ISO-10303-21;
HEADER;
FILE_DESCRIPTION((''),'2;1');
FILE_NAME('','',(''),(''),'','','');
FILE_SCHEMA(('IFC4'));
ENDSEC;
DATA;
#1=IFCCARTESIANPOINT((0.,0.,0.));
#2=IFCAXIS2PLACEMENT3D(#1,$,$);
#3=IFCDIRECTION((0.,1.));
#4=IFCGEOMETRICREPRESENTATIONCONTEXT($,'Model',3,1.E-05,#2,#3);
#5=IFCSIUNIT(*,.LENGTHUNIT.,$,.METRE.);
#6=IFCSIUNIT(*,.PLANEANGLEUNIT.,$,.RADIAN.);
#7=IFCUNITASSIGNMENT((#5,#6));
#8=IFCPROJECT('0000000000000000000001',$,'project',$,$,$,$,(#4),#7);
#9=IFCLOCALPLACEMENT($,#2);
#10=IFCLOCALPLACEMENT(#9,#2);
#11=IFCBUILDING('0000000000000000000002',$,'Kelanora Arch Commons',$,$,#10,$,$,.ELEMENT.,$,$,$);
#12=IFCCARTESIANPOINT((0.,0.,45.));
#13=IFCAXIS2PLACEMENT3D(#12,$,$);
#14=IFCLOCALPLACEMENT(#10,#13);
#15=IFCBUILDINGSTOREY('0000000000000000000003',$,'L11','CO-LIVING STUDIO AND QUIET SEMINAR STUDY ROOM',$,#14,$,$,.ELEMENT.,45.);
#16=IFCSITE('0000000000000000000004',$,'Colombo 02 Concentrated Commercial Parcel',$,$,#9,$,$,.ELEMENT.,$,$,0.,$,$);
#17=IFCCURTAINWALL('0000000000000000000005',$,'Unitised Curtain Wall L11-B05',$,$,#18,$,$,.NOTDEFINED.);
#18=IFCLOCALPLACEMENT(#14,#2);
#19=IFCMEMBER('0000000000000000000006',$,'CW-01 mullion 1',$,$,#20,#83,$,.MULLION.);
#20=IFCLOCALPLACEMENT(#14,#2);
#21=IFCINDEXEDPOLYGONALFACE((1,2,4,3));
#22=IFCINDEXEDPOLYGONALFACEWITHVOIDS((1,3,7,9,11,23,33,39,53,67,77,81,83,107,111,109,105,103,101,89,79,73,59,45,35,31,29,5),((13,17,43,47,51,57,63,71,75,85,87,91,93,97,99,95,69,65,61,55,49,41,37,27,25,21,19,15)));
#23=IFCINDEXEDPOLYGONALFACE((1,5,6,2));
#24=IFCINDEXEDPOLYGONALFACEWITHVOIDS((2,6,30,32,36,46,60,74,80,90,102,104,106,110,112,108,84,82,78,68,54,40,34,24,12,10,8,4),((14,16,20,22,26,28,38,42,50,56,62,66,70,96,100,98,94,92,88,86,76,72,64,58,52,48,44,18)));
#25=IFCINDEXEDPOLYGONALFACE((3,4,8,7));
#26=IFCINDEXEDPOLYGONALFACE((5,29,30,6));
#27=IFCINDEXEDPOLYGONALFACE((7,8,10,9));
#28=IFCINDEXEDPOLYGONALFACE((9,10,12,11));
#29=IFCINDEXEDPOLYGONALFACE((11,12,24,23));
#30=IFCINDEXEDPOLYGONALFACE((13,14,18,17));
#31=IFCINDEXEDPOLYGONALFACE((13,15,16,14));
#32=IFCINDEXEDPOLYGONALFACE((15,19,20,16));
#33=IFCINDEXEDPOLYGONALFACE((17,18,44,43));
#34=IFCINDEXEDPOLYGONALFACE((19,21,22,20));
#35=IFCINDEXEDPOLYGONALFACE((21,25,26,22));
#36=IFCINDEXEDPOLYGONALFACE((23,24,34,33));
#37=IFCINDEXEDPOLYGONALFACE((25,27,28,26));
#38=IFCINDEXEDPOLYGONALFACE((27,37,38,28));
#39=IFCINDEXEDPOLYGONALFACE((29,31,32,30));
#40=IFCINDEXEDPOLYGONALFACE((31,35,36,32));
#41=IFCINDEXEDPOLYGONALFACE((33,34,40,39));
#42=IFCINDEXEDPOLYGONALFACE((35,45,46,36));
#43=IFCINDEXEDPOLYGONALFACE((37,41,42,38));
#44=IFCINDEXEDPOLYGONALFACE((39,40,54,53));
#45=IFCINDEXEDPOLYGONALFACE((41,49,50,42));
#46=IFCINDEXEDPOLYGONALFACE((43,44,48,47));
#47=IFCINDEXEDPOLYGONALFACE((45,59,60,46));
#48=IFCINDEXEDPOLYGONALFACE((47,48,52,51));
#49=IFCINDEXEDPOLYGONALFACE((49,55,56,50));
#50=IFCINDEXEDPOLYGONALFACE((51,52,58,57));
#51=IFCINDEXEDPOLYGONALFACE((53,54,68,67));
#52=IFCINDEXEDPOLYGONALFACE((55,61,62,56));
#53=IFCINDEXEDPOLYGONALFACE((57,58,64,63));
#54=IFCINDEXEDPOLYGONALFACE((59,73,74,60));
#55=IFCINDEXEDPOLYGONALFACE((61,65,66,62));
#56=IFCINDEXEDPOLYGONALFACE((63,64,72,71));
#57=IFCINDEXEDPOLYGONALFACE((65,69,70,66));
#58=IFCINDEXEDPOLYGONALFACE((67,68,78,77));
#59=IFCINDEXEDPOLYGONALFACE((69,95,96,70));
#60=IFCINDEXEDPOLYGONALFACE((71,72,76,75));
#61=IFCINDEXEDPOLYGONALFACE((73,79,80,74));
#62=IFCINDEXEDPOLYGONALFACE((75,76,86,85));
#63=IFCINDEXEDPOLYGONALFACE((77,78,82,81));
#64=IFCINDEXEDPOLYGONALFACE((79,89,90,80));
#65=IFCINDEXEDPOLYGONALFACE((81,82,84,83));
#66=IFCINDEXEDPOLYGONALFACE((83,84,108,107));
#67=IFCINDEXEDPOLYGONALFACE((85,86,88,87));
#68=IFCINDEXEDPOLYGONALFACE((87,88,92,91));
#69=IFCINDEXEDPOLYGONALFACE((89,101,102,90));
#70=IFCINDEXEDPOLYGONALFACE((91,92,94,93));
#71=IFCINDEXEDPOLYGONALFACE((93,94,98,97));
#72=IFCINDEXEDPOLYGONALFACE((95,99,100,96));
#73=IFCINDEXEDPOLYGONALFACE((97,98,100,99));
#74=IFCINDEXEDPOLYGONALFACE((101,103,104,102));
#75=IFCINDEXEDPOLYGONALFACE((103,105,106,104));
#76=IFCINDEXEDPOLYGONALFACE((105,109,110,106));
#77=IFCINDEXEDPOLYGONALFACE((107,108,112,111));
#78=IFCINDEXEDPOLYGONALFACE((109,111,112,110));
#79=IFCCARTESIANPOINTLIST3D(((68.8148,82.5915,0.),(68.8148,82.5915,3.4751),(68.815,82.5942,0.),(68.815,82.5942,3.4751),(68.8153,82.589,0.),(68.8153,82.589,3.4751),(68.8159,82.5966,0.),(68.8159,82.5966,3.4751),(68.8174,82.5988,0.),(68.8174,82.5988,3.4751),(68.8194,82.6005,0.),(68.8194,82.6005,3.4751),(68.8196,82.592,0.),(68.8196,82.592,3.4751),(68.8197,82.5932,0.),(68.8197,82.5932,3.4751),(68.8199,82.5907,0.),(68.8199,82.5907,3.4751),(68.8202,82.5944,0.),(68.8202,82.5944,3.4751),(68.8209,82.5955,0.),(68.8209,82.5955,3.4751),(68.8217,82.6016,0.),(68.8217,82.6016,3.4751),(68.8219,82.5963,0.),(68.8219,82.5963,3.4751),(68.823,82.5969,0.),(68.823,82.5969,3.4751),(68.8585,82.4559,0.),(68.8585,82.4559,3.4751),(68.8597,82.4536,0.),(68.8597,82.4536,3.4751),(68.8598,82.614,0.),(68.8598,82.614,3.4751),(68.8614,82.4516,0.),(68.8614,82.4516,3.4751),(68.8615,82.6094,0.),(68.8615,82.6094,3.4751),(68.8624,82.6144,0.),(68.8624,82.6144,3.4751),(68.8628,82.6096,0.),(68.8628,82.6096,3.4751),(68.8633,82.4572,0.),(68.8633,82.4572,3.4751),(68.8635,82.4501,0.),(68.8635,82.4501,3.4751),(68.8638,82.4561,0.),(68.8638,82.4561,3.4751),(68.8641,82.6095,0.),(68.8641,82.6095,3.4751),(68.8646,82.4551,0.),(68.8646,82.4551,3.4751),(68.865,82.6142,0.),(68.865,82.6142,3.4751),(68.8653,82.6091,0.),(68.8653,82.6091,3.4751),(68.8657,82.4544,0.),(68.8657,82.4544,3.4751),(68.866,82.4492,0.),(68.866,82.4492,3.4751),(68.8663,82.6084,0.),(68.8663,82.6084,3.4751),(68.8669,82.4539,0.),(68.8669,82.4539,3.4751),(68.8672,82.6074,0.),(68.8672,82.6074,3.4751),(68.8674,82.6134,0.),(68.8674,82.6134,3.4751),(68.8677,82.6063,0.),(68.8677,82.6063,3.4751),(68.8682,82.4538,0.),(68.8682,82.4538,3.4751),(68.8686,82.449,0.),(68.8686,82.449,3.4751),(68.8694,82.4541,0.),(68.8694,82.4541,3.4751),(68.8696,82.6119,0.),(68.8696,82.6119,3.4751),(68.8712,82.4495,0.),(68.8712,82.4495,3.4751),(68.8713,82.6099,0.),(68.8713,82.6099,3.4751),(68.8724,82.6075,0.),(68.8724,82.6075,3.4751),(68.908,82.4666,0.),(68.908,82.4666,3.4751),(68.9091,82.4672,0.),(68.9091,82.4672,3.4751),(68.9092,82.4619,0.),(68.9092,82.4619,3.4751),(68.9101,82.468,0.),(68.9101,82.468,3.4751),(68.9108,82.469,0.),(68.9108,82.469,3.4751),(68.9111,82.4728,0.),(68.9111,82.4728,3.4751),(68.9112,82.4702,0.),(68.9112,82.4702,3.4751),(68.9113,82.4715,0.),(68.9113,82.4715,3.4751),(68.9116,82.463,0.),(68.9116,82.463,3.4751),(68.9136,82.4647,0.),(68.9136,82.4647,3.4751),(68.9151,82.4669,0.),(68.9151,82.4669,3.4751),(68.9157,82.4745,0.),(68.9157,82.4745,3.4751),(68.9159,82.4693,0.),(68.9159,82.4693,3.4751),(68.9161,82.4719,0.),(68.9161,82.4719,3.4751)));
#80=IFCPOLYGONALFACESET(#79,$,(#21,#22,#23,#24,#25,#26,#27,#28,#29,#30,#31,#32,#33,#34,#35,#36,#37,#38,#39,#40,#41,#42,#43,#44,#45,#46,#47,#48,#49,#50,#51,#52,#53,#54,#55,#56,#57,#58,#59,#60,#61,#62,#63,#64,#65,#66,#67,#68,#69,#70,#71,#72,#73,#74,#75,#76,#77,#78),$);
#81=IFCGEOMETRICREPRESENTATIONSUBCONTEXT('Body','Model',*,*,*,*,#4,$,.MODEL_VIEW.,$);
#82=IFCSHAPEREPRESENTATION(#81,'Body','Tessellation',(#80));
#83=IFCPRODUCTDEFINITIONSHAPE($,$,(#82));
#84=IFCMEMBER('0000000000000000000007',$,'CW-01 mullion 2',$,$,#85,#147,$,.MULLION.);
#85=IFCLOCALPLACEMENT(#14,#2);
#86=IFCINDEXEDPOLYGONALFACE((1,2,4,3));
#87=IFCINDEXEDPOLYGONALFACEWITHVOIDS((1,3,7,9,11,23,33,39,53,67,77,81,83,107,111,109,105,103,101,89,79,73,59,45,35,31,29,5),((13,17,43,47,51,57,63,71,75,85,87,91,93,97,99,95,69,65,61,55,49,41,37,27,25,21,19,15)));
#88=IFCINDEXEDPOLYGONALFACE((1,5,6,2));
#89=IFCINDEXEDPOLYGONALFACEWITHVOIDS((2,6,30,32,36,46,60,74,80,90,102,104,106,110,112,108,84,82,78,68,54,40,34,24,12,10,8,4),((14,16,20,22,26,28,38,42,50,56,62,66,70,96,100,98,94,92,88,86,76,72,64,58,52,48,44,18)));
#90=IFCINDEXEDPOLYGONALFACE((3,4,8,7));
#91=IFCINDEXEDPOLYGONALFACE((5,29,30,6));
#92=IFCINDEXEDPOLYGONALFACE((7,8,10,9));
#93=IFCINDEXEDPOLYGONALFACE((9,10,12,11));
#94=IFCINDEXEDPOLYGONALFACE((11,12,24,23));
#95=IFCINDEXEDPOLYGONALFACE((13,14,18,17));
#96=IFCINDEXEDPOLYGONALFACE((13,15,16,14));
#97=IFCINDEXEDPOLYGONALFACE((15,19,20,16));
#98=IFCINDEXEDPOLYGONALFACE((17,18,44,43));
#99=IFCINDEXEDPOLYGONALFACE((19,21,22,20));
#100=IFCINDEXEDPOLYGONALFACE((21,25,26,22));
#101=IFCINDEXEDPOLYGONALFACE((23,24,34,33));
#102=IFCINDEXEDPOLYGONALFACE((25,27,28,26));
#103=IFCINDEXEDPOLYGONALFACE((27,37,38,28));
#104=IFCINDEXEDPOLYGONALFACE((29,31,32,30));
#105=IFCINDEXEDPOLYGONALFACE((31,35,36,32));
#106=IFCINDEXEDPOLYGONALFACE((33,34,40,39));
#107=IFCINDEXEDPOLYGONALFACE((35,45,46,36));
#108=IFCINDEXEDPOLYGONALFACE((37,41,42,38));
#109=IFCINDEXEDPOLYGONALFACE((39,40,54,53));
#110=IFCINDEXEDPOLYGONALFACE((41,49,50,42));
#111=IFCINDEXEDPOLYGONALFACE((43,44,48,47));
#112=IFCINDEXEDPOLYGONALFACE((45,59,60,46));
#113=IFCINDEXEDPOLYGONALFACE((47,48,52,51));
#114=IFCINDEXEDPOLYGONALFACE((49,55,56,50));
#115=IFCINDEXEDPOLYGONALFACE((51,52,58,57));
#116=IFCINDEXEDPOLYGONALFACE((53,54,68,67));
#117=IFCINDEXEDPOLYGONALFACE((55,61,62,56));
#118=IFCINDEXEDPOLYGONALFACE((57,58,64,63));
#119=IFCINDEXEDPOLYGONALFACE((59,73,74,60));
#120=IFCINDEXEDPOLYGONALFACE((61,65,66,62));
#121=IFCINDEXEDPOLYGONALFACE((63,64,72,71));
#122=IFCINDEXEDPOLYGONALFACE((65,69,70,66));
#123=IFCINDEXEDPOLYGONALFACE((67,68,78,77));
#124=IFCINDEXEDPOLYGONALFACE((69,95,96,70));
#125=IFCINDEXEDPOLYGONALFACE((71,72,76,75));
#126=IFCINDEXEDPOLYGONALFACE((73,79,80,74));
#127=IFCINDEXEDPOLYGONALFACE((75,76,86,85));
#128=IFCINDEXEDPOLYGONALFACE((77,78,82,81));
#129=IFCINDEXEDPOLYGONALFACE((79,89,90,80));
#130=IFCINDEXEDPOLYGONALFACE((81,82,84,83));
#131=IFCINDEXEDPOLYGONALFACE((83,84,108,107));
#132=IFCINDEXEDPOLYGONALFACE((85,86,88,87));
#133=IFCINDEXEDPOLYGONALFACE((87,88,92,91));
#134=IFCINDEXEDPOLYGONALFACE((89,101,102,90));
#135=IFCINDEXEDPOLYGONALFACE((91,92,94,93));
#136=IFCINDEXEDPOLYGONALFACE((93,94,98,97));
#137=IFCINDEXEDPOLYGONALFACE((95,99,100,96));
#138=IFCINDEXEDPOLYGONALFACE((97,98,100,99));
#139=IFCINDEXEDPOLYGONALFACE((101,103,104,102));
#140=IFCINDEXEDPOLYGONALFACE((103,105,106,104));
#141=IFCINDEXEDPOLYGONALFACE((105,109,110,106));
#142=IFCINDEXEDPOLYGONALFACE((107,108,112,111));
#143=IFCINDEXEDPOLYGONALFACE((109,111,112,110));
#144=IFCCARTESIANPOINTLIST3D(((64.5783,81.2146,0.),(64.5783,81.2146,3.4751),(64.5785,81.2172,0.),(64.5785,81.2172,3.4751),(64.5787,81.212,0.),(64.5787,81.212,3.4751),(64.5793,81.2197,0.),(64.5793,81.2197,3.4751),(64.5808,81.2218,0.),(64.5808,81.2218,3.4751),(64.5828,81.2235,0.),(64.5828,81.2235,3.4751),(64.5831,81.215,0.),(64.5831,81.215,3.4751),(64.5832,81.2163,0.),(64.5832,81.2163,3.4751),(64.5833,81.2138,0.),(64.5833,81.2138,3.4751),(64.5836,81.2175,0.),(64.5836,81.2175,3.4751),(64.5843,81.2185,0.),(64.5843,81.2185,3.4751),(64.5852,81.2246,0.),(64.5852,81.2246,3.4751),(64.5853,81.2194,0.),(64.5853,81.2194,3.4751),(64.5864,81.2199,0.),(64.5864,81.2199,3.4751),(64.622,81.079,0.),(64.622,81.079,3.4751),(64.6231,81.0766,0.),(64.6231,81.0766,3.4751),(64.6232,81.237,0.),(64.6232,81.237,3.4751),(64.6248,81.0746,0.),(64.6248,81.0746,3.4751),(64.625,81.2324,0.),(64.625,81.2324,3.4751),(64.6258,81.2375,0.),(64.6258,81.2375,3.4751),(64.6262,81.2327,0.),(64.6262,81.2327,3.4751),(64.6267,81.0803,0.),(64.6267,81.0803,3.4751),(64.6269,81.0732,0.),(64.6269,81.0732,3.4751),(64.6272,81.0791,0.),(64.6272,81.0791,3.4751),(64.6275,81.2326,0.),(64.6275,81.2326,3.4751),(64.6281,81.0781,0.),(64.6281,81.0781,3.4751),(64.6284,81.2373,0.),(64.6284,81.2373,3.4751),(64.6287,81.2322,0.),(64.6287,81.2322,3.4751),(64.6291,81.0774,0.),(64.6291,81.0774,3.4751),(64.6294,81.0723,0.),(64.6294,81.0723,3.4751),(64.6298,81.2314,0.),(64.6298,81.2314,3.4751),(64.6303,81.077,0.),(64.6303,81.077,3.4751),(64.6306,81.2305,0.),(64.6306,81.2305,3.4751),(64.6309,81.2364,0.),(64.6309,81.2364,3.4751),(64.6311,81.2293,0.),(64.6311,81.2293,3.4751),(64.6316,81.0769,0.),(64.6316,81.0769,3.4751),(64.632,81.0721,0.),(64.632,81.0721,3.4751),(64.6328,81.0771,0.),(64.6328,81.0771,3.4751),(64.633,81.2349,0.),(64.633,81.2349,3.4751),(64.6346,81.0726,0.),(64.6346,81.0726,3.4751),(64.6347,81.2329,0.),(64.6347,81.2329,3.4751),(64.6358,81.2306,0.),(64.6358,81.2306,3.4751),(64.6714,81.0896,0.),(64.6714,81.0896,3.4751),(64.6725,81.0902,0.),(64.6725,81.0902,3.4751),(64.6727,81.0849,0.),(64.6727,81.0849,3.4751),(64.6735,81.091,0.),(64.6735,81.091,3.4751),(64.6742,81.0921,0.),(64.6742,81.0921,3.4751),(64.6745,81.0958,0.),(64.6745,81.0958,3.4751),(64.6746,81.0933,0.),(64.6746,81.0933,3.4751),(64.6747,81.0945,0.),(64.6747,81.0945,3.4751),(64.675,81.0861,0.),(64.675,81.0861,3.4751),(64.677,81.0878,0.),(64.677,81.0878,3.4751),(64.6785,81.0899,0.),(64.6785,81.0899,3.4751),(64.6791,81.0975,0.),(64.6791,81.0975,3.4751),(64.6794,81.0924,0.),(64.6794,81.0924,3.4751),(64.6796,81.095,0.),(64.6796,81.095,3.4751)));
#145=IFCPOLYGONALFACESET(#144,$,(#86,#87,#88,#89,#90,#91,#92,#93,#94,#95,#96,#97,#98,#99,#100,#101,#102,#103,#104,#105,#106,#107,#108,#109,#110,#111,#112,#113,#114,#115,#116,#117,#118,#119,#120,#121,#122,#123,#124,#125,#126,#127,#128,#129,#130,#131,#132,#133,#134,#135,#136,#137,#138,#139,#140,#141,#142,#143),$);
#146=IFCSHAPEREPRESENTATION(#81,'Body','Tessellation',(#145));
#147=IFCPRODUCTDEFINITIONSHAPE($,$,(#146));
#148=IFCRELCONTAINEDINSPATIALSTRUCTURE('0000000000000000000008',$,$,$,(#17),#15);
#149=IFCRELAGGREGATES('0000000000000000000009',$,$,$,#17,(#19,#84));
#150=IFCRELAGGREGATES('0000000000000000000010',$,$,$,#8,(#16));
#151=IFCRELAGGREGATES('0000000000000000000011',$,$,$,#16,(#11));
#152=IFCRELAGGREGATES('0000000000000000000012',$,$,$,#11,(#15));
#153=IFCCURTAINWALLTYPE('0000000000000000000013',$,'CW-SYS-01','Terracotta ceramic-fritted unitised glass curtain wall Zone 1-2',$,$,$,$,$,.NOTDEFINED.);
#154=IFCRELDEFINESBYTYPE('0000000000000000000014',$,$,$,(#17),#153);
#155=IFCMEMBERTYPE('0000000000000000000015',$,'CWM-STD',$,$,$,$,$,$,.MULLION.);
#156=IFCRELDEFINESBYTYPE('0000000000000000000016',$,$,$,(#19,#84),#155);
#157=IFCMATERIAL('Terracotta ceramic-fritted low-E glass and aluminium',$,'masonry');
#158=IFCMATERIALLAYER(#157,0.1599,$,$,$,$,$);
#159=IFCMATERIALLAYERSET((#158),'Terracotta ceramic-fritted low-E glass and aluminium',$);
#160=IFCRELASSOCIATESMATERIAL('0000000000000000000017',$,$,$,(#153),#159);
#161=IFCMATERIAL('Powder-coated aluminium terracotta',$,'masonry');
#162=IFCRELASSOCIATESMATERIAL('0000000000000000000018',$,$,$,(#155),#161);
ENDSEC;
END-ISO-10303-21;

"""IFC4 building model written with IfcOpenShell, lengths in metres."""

from ifc_helpers import new_model, si_unit, direction, frame, origin, origin_2d, place, context, subcontext, project, spatial, hollow_rectangle, extrude, material, layer, layer_set, material_profile, profile_set, type_object, element, aggregate, save


model = new_model("IFC4")

# Units and contexts
model_context = context("Model", 3, precision=1e-05, world=origin(), true_north=direction((0.0, 1.0)))
body_context = subcontext(model_context, "Body", "Model", "MODEL_VIEW")
ifc_project = project(units=[si_unit("LENGTHUNIT", "METRE"), si_unit("PLANEANGLEUNIT", "RADIAN")], contexts=[model_context])

# Site, building, storey
site_placement = place(None, origin())
site = spatial("IfcSite", under=ifc_project, at=site_placement, Name="Colombo 02 Concentrated Commercial Parcel", CompositionType="ELEMENT", RefElevation=0.0)
building_placement = place(site_placement, origin())
building = spatial("IfcBuilding", under=site, at=building_placement, Name="Kelanora Arch Commons", CompositionType="ELEMENT")
storey_placement = place(building_placement, frame((0.0, 0.0, 45.0)))
storey = spatial("IfcBuildingStorey", under=building, at=storey_placement, Name="L11", Description="CO-LIVING STUDIO AND QUIET SEMINAR STUDY ROOM", CompositionType="ELEMENT", Elevation=45.0)

# Curtain wall, members
ifc_material_1 = material(Name="Terracotta ceramic-fritted low-E glass and aluminium", Category="masonry")
ifc_layer_1 = layer(ifc_material_1, 0.1599)
ifc_layer_set_1 = layer_set([ifc_layer_1], Name="Terracotta ceramic-fritted low-E glass and aluminium")
curtain_wall_type = type_object("IfcCurtainWallType", Name="CW-SYS-01", Description="Terracotta ceramic-fritted unitised glass curtain wall Zone 1-2", PredefinedType="NOTDEFINED", material=ifc_layer_set_1)
curtain_wall_placement = place(storey_placement, origin())
curtain_wall = element("IfcCurtainWall", 1, at=curtain_wall_placement, inside=storey, type_object=curtain_wall_type, Name="Unitised Curtain Wall L11-B05", PredefinedType="NOTDEFINED")
ifc_material_2 = material(Name="Powder-coated aluminium terracotta", Category="masonry")
ifc_material_profile_1 = material_profile(ifc_material_2, hollow_rectangle(XDim=0.1599, YDim=0.0601, WallThickness=0.0049, InnerFilletRadius=0.0049, OuterFilletRadius=0.01, at=origin_2d()), Name="CWM160x60")
ifc_profile_set_1 = profile_set([ifc_material_profile_1], Name="Powder-coated aluminium terracotta")
member_type_1 = type_object("IfcMemberType", Name="CWM-STD", PredefinedType="MULLION", material=ifc_profile_set_1)
member_1_placement = place(storey_placement, frame((68.8655, 82.5317, 0.0), z_axis=(0.0, 0.0, 1.0), x_axis=(0.309058, -0.951043, 0.0)))
member_1 = element("IfcMember", 2, at=member_1_placement, type_object=member_type_1, Name="CW-01 mullion 1", PredefinedType="MULLION", context=body_context, shape_type="SweptSolid", body=[
    extrude(hollow_rectangle(XDim=0.1599, YDim=0.0601, WallThickness=0.0049, InnerFilletRadius=0.0049, OuterFilletRadius=0.01, at=origin_2d()), origin(), (0.0, 0.0, 1.0), 3.4751),
])
member_2_placement = place(storey_placement, frame((64.6289, 81.1548, 0.0), z_axis=(0.0, 0.0, 1.0), x_axis=(0.309058, -0.951043, 0.0)))
member_2 = element("IfcMember", 3, at=member_2_placement, type_object=member_type_1, Name="CW-01 mullion 2", PredefinedType="MULLION", context=body_context, shape_type="SweptSolid", body=[
    extrude(hollow_rectangle(XDim=0.1599, YDim=0.0601, WallThickness=0.0049, InnerFilletRadius=0.0049, OuterFilletRadius=0.01, at=origin_2d()), origin(), (0.0, 0.0, 1.0), 3.4751),
])
aggregate(curtain_wall, [member_1, member_2])

save(model, "model.ifc")
